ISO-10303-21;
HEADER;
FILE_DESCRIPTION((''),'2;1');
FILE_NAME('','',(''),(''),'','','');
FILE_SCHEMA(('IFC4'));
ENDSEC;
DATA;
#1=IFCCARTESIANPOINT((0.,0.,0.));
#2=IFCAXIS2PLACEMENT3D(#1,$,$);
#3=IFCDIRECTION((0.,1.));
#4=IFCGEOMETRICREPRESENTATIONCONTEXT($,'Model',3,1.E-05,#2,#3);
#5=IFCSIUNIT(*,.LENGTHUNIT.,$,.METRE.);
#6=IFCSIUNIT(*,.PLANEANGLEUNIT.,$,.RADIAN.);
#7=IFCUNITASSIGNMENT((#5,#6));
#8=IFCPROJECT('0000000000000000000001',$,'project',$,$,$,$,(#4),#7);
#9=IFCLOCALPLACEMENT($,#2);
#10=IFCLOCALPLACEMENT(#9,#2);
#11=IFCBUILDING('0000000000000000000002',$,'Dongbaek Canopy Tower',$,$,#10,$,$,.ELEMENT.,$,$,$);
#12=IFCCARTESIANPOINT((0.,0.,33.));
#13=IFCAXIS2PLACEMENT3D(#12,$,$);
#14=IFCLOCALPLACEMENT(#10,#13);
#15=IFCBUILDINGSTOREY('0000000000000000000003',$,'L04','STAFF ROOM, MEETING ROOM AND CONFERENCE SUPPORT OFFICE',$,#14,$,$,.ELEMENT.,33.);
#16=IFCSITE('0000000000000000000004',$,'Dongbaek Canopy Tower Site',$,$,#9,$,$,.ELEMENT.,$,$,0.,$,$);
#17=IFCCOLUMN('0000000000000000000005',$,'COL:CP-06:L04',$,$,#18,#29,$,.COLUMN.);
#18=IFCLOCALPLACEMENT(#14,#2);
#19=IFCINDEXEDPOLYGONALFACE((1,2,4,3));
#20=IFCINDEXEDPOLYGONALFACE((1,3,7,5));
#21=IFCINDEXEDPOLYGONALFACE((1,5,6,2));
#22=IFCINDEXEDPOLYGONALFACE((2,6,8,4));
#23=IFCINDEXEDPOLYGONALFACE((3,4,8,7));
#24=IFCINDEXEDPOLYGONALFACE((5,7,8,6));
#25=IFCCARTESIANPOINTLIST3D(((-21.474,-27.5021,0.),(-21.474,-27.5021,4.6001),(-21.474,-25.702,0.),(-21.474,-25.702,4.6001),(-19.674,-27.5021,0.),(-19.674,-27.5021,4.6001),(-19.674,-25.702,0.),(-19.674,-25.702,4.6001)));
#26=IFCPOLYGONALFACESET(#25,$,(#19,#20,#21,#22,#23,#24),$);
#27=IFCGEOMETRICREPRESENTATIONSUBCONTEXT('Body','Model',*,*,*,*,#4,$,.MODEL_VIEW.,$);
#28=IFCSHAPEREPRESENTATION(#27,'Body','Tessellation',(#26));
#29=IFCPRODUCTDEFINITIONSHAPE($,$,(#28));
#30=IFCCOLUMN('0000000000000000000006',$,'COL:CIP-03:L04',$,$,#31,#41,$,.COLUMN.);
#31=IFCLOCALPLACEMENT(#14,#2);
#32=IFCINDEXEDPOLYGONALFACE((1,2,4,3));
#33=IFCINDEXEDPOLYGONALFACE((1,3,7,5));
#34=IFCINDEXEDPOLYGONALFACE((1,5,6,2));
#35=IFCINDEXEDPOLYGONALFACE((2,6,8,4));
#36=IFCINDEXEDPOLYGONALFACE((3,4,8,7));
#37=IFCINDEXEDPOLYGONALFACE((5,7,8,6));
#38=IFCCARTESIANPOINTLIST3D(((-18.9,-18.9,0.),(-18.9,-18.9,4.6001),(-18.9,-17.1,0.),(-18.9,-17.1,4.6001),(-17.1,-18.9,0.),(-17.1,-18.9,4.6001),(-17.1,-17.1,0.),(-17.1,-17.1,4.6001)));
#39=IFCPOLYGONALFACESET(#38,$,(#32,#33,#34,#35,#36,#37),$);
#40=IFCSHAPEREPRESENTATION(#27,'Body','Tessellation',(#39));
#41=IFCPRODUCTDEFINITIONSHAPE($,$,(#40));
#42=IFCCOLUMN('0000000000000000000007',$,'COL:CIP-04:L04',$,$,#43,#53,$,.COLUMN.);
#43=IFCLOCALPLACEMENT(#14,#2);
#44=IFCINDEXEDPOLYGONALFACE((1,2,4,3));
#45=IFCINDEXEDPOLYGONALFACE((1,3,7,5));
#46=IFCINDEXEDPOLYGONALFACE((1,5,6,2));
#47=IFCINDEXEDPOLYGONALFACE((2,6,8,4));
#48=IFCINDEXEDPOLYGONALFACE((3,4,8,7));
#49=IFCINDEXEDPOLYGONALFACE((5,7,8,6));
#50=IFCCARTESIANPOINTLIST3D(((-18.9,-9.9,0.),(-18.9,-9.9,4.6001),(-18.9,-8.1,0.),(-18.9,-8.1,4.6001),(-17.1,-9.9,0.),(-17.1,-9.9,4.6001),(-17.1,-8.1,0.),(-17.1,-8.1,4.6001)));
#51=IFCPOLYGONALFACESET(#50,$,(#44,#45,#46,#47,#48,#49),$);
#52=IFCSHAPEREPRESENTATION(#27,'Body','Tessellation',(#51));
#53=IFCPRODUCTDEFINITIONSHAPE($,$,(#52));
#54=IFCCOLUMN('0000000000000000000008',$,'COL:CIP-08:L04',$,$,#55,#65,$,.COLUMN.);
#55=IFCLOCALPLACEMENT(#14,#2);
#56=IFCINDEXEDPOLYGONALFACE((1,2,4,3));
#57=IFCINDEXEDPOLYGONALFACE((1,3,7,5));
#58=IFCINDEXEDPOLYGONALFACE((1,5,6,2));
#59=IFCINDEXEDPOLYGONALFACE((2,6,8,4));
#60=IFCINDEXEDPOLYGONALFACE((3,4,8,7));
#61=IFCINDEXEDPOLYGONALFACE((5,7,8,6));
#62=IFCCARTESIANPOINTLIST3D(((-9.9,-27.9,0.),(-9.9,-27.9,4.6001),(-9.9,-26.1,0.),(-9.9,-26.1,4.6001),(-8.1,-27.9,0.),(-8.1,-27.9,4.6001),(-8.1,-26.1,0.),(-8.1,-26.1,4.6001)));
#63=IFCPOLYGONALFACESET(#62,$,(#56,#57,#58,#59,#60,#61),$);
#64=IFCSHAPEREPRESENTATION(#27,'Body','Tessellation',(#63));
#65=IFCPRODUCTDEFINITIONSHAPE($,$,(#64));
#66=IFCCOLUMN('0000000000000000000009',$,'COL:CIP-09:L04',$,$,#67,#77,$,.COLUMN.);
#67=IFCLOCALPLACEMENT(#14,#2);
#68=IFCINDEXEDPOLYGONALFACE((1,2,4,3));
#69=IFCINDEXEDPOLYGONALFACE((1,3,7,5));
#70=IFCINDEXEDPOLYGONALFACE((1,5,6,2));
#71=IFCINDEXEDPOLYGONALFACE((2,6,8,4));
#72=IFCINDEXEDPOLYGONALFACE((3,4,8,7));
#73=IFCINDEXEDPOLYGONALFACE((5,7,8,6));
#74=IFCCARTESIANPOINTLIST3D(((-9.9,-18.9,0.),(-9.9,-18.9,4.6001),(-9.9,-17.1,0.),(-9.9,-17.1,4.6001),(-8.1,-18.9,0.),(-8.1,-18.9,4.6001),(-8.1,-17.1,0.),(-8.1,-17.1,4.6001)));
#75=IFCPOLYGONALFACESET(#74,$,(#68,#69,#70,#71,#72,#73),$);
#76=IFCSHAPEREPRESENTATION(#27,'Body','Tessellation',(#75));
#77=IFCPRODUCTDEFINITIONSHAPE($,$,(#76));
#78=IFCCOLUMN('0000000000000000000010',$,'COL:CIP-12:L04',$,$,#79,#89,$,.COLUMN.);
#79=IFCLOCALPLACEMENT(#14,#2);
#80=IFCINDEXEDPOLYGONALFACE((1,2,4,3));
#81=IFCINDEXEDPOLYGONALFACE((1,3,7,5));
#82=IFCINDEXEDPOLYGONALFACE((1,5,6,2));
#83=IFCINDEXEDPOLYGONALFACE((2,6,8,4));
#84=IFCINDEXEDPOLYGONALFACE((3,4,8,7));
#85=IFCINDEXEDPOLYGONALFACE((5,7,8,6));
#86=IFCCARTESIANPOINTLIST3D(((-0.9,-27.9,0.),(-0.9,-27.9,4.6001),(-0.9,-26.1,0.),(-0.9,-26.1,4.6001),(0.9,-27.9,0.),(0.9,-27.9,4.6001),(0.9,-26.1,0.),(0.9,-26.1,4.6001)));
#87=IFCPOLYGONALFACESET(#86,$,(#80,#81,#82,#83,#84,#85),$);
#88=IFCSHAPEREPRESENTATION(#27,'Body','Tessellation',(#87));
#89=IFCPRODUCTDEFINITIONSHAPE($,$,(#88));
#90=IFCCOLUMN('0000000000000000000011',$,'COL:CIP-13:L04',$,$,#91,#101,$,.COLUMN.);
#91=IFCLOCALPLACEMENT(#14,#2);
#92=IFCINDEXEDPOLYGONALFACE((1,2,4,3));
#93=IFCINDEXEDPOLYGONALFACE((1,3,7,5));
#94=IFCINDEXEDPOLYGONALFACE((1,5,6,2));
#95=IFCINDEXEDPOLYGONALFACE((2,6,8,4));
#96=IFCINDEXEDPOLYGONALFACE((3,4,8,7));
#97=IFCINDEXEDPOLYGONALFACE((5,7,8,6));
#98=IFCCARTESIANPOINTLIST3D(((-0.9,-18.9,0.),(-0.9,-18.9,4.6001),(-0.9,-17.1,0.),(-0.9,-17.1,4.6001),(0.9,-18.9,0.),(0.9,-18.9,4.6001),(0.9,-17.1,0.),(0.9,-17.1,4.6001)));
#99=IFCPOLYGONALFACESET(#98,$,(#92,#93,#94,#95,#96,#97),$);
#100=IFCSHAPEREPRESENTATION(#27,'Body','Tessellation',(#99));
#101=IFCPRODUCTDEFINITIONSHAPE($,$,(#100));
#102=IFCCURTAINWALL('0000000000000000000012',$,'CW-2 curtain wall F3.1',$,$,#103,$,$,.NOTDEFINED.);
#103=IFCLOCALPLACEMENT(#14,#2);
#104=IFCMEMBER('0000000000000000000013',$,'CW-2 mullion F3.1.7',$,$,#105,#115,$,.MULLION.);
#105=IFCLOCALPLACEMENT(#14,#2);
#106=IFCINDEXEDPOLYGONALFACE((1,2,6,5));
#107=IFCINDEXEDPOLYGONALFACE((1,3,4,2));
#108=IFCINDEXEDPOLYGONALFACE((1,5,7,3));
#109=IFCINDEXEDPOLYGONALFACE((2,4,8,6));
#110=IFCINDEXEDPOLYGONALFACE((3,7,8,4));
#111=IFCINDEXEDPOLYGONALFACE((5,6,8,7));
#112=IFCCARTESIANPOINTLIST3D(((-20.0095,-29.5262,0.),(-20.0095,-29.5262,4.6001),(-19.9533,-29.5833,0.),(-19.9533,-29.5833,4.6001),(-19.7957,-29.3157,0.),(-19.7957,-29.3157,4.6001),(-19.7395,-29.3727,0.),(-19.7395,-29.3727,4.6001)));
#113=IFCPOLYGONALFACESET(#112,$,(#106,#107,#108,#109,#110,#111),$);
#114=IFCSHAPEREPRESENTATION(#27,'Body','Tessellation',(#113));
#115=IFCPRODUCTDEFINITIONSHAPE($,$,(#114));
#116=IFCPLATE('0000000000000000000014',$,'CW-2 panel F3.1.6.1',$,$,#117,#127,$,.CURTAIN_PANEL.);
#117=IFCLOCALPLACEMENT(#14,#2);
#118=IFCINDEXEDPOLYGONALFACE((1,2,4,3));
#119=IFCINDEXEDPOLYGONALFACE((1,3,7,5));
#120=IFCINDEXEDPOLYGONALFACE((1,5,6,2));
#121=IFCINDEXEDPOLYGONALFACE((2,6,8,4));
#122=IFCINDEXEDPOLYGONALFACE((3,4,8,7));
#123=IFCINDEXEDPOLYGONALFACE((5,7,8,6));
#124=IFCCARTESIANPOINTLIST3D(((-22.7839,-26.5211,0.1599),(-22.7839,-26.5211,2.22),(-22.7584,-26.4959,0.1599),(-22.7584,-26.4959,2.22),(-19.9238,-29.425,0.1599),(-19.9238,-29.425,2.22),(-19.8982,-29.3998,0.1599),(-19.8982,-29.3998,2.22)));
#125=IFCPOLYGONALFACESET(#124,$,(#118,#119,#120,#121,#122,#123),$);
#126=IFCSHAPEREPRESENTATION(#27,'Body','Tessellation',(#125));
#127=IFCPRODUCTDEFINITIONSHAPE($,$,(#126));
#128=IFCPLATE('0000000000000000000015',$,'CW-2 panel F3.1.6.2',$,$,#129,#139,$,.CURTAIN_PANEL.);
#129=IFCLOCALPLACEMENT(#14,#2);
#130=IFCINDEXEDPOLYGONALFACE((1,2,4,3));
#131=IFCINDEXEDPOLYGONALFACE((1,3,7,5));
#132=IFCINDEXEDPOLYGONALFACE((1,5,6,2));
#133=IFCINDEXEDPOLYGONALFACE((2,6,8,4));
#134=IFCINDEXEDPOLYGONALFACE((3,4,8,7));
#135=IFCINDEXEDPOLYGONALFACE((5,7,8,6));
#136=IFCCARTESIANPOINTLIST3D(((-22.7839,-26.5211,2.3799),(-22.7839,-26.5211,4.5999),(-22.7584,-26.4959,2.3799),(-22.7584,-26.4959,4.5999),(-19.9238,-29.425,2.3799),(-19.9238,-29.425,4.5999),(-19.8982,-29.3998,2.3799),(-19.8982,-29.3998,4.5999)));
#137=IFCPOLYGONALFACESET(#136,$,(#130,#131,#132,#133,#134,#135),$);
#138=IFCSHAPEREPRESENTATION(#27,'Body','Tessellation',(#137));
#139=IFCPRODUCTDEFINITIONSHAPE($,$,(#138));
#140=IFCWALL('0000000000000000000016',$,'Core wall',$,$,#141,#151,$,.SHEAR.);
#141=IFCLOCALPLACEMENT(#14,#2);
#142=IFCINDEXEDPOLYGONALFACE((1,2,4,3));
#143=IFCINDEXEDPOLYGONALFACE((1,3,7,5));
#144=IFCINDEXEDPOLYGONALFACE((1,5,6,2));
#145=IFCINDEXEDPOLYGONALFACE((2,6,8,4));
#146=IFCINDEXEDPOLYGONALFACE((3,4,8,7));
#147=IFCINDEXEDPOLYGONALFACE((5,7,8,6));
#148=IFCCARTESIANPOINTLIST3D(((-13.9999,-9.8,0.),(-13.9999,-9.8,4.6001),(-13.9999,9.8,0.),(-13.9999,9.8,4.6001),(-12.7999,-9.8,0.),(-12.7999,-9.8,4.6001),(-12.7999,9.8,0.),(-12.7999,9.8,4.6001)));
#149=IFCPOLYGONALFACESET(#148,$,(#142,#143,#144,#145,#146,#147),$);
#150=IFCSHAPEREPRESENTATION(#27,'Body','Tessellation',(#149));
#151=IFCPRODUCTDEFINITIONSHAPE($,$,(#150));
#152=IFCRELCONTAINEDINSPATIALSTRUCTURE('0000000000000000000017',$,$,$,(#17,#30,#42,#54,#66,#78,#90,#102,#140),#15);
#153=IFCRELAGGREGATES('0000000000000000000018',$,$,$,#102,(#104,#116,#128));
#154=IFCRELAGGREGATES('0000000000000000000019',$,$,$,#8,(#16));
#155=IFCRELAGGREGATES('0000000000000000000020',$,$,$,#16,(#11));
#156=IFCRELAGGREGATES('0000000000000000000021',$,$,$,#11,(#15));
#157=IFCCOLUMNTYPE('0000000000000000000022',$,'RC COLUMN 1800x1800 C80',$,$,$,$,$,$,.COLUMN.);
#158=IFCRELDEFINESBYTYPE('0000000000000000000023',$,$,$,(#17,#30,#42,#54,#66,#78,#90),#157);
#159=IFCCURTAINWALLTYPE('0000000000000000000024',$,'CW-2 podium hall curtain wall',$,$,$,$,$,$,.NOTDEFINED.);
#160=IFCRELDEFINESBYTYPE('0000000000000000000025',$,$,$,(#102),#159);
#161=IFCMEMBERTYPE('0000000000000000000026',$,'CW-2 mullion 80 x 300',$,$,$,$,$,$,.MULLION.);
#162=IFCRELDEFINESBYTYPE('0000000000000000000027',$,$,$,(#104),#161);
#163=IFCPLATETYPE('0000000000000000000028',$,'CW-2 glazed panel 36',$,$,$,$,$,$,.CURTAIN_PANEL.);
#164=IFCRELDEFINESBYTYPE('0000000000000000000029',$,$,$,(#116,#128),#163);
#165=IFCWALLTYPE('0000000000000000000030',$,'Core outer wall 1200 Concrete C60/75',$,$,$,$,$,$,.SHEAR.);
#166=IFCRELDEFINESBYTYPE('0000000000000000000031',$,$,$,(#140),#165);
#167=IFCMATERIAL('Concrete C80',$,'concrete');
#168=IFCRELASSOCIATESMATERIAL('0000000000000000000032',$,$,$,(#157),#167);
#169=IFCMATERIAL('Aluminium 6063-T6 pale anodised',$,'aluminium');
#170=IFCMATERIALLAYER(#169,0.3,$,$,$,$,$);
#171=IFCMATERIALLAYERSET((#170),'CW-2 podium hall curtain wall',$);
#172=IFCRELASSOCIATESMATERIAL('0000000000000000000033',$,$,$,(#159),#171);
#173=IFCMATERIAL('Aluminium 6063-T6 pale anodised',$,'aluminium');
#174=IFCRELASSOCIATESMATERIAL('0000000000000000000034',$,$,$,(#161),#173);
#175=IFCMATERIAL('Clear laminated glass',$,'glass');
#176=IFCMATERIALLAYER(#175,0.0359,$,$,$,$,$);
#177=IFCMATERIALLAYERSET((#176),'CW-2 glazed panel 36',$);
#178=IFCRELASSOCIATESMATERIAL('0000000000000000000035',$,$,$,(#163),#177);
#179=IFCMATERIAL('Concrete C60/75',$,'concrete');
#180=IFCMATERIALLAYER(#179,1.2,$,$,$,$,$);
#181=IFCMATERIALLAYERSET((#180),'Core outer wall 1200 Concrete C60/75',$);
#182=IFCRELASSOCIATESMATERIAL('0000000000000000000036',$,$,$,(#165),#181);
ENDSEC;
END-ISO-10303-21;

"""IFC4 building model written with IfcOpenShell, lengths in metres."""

from ifc_helpers import new_model, si_unit, direction, frame, frame_2d, origin, origin_2d, place, context, subcontext, project, spatial, rectangle, extrude, material, layer, layer_set, material_profile, profile_set, type_object, element, aggregate, save


model = new_model("IFC4")

# Units and contexts
model_context = context("Model", 3, precision=1e-05, world=origin(), true_north=direction((0.0, 1.0)))
body_context = subcontext(model_context, "Body", "Model", "MODEL_VIEW")
ifc_project = project(units=[si_unit("LENGTHUNIT", "METRE"), si_unit("PLANEANGLEUNIT", "RADIAN")], contexts=[model_context])

# Site, building, storey
site_placement = place(None, origin())
site = spatial("IfcSite", under=ifc_project, at=site_placement, Name="Dongbaek Canopy Tower Site", CompositionType="ELEMENT", RefElevation=0.0)
building_placement = place(site_placement, origin())
building = spatial("IfcBuilding", under=site, at=building_placement, Name="Dongbaek Canopy Tower", CompositionType="ELEMENT")
storey_placement = place(building_placement, frame((0.0, 0.0, 33.0)))
storey = spatial("IfcBuildingStorey", under=building, at=storey_placement, Name="L04", Description="STAFF ROOM, MEETING ROOM AND CONFERENCE SUPPORT OFFICE", CompositionType="ELEMENT", Elevation=33.0)

# Columns
ifc_material_1 = material(Name="Concrete C80", Category="concrete")
ifc_material_profile_1 = material_profile(ifc_material_1, rectangle(XDim=1.8, YDim=1.8, at=origin_2d()), Name="RC COLUMN 1800x1800 C80")
ifc_profile_set_1 = profile_set([ifc_material_profile_1], Name="Concrete C80")
column_type = type_object("IfcColumnType", Name="RC COLUMN 1800x1800 C80", PredefinedType="COLUMN", material=ifc_profile_set_1)
for number, where, z_axis, x_axis, name in (
    (1, (-20.574, -26.6021, 0.0), (0.0, 0.0, 1.0), (1.0, 0.0, 0.0), "COL:CP-06:L04"),
    (2, (-18.0, -18.0, 0.0), (0.0, 0.0, 1.0), (1.0, 0.0, 0.0), "COL:CIP-03:L04"),
    (3, (-18.0, -9.0, 0.0), (0.0, 0.0, 1.0), (1.0, 0.0, 0.0), "COL:CIP-04:L04"),
    (4, (-9.0, -27.0, 0.0), (0.0, 0.0, 1.0), (1.0, 0.0, 0.0), "COL:CIP-08:L04"),
    (5, (-9.0, -18.0, 0.0), (0.0, 0.0, 1.0), (1.0, 0.0, 0.0), "COL:CIP-09:L04"),
    (6, (0.0, -27.0, 0.0), (0.0, 0.0, 1.0), (1.0, 0.0, 0.0), "COL:CIP-12:L04"),
    (7, (0.0, -18.0, 0.0), (0.0, 0.0, 1.0), (1.0, 0.0, 0.0), "COL:CIP-13:L04"),
):
    element("IfcColumn", number, at=place(storey_placement, frame(where, z_axis=z_axis, x_axis=x_axis)), inside=storey, type_object=column_type, Name=name, PredefinedType="COLUMN", context=body_context, shape_type="SweptSolid", body=[
        extrude(rectangle(XDim=1.8, YDim=1.8, at=origin_2d()), origin(), (0.0, 0.0, 1.0), 4.6001),
    ])

# Curtain wall, member, plates
ifc_material_2 = material(Name="Aluminium 6063-T6 pale anodised", Category="aluminium")
ifc_layer_1 = layer(ifc_material_2, 0.3)
ifc_layer_set_1 = layer_set([ifc_layer_1], Name="CW-2 podium hall curtain wall")
curtain_wall_type = type_object("IfcCurtainWallType", Name="CW-2 podium hall curtain wall", PredefinedType="NOTDEFINED", material=ifc_layer_set_1)
curtain_wall_placement = place(storey_placement, origin())
curtain_wall = element("IfcCurtainWall", 8, at=curtain_wall_placement, inside=storey, type_object=curtain_wall_type, Name="CW-2 curtain wall F3.1", PredefinedType="NOTDEFINED")
ifc_material_3 = material(Name="Aluminium 6063-T6 pale anodised", Category="aluminium")
ifc_material_profile_2 = material_profile(ifc_material_3, rectangle(XDim=0.3, YDim=0.0801, at=origin_2d()), Name="CW-2 mullion 80 x 300")
ifc_profile_set_2 = profile_set([ifc_material_profile_2], Name="Aluminium 6063-T6 pale anodised")
member_type = type_object("IfcMemberType", Name="CW-2 mullion 80 x 300", PredefinedType="MULLION", material=ifc_profile_set_2)
member_placement = place(storey_placement, frame((-19.8745, -29.4495, 0.0), z_axis=(0.0, 0.0, 1.0), x_axis=(-0.712455, -0.701718, 0.0)))
member = element("IfcMember", 9, at=member_placement, type_object=member_type, Name="CW-2 mullion F3.1.7", PredefinedType="MULLION", context=body_context, shape_type="SweptSolid", body=[
    extrude(rectangle(XDim=0.3, YDim=0.0801, at=origin_2d()), origin(), (0.0, 0.0, 1.0), 4.6001),
])
ifc_material_4 = material(Name="Clear laminated glass", Category="glass")
ifc_layer_2 = layer(ifc_material_4, 0.0359)
ifc_layer_set_2 = layer_set([ifc_layer_2], Name="CW-2 glazed panel 36")
plate_type = type_object("IfcPlateType", Name="CW-2 glazed panel 36", PredefinedType="CURTAIN_PANEL", material=ifc_layer_set_2)
plate_1_placement = place(storey_placement, frame((-21.3411, -27.9604, 0.1599), z_axis=(0.0, 0.0, 1.0), x_axis=(0.701718, -0.712455, 0.0)))
plate_1 = element("IfcPlate", 10, at=plate_1_placement, type_object=plate_type, Name="CW-2 panel F3.1.6.1", PredefinedType="CURTAIN_PANEL", context=body_context, shape_type="SweptSolid", body=[
    extrude(rectangle(XDim=4.0759, YDim=0.0359, at=origin_2d()), origin(), (0.0, 0.0, 1.0), 2.0601),
])
plate_2_placement = place(storey_placement, frame((-21.3411, -27.9604, 2.3799), z_axis=(0.0, 0.0, 1.0), x_axis=(0.701718, -0.712455, 0.0)))
plate_2 = element("IfcPlate", 11, at=plate_2_placement, type_object=plate_type, Name="CW-2 panel F3.1.6.2", PredefinedType="CURTAIN_PANEL", context=body_context, shape_type="SweptSolid", body=[
    extrude(rectangle(XDim=4.0759, YDim=0.0359, at=origin_2d()), origin(), (0.0, 0.0, 1.0), 2.22),
])
aggregate(curtain_wall, [member, plate_1, plate_2])

# Wall
ifc_material_5 = material(Name="Concrete C60/75", Category="concrete")
ifc_layer_3 = layer(ifc_material_5, 1.2)
ifc_layer_set_3 = layer_set([ifc_layer_3], Name="Core outer wall 1200 Concrete C60/75")
wall_type_1 = type_object("IfcWallType", Name="Core outer wall 1200 Concrete C60/75", PredefinedType="SHEAR", material=ifc_layer_set_3)
wall_1_placement = place(storey_placement, frame((-13.3999, -9.8, 0.0), z_axis=(0.0, 0.0, 1.0), x_axis=(0.0, 1.0, 0.0)))
element("IfcWall", 12, at=wall_1_placement, inside=storey, type_object=wall_type_1, Name="Core wall", PredefinedType="SHEAR", context=body_context, shape_type="SweptSolid", body=[
    extrude(rectangle(XDim=19.6001, YDim=1.2, at=frame_2d((9.8, 0.0))), origin(), (0.0, 0.0, 1.0), 4.6001),
])

save(model, "model.ifc")
